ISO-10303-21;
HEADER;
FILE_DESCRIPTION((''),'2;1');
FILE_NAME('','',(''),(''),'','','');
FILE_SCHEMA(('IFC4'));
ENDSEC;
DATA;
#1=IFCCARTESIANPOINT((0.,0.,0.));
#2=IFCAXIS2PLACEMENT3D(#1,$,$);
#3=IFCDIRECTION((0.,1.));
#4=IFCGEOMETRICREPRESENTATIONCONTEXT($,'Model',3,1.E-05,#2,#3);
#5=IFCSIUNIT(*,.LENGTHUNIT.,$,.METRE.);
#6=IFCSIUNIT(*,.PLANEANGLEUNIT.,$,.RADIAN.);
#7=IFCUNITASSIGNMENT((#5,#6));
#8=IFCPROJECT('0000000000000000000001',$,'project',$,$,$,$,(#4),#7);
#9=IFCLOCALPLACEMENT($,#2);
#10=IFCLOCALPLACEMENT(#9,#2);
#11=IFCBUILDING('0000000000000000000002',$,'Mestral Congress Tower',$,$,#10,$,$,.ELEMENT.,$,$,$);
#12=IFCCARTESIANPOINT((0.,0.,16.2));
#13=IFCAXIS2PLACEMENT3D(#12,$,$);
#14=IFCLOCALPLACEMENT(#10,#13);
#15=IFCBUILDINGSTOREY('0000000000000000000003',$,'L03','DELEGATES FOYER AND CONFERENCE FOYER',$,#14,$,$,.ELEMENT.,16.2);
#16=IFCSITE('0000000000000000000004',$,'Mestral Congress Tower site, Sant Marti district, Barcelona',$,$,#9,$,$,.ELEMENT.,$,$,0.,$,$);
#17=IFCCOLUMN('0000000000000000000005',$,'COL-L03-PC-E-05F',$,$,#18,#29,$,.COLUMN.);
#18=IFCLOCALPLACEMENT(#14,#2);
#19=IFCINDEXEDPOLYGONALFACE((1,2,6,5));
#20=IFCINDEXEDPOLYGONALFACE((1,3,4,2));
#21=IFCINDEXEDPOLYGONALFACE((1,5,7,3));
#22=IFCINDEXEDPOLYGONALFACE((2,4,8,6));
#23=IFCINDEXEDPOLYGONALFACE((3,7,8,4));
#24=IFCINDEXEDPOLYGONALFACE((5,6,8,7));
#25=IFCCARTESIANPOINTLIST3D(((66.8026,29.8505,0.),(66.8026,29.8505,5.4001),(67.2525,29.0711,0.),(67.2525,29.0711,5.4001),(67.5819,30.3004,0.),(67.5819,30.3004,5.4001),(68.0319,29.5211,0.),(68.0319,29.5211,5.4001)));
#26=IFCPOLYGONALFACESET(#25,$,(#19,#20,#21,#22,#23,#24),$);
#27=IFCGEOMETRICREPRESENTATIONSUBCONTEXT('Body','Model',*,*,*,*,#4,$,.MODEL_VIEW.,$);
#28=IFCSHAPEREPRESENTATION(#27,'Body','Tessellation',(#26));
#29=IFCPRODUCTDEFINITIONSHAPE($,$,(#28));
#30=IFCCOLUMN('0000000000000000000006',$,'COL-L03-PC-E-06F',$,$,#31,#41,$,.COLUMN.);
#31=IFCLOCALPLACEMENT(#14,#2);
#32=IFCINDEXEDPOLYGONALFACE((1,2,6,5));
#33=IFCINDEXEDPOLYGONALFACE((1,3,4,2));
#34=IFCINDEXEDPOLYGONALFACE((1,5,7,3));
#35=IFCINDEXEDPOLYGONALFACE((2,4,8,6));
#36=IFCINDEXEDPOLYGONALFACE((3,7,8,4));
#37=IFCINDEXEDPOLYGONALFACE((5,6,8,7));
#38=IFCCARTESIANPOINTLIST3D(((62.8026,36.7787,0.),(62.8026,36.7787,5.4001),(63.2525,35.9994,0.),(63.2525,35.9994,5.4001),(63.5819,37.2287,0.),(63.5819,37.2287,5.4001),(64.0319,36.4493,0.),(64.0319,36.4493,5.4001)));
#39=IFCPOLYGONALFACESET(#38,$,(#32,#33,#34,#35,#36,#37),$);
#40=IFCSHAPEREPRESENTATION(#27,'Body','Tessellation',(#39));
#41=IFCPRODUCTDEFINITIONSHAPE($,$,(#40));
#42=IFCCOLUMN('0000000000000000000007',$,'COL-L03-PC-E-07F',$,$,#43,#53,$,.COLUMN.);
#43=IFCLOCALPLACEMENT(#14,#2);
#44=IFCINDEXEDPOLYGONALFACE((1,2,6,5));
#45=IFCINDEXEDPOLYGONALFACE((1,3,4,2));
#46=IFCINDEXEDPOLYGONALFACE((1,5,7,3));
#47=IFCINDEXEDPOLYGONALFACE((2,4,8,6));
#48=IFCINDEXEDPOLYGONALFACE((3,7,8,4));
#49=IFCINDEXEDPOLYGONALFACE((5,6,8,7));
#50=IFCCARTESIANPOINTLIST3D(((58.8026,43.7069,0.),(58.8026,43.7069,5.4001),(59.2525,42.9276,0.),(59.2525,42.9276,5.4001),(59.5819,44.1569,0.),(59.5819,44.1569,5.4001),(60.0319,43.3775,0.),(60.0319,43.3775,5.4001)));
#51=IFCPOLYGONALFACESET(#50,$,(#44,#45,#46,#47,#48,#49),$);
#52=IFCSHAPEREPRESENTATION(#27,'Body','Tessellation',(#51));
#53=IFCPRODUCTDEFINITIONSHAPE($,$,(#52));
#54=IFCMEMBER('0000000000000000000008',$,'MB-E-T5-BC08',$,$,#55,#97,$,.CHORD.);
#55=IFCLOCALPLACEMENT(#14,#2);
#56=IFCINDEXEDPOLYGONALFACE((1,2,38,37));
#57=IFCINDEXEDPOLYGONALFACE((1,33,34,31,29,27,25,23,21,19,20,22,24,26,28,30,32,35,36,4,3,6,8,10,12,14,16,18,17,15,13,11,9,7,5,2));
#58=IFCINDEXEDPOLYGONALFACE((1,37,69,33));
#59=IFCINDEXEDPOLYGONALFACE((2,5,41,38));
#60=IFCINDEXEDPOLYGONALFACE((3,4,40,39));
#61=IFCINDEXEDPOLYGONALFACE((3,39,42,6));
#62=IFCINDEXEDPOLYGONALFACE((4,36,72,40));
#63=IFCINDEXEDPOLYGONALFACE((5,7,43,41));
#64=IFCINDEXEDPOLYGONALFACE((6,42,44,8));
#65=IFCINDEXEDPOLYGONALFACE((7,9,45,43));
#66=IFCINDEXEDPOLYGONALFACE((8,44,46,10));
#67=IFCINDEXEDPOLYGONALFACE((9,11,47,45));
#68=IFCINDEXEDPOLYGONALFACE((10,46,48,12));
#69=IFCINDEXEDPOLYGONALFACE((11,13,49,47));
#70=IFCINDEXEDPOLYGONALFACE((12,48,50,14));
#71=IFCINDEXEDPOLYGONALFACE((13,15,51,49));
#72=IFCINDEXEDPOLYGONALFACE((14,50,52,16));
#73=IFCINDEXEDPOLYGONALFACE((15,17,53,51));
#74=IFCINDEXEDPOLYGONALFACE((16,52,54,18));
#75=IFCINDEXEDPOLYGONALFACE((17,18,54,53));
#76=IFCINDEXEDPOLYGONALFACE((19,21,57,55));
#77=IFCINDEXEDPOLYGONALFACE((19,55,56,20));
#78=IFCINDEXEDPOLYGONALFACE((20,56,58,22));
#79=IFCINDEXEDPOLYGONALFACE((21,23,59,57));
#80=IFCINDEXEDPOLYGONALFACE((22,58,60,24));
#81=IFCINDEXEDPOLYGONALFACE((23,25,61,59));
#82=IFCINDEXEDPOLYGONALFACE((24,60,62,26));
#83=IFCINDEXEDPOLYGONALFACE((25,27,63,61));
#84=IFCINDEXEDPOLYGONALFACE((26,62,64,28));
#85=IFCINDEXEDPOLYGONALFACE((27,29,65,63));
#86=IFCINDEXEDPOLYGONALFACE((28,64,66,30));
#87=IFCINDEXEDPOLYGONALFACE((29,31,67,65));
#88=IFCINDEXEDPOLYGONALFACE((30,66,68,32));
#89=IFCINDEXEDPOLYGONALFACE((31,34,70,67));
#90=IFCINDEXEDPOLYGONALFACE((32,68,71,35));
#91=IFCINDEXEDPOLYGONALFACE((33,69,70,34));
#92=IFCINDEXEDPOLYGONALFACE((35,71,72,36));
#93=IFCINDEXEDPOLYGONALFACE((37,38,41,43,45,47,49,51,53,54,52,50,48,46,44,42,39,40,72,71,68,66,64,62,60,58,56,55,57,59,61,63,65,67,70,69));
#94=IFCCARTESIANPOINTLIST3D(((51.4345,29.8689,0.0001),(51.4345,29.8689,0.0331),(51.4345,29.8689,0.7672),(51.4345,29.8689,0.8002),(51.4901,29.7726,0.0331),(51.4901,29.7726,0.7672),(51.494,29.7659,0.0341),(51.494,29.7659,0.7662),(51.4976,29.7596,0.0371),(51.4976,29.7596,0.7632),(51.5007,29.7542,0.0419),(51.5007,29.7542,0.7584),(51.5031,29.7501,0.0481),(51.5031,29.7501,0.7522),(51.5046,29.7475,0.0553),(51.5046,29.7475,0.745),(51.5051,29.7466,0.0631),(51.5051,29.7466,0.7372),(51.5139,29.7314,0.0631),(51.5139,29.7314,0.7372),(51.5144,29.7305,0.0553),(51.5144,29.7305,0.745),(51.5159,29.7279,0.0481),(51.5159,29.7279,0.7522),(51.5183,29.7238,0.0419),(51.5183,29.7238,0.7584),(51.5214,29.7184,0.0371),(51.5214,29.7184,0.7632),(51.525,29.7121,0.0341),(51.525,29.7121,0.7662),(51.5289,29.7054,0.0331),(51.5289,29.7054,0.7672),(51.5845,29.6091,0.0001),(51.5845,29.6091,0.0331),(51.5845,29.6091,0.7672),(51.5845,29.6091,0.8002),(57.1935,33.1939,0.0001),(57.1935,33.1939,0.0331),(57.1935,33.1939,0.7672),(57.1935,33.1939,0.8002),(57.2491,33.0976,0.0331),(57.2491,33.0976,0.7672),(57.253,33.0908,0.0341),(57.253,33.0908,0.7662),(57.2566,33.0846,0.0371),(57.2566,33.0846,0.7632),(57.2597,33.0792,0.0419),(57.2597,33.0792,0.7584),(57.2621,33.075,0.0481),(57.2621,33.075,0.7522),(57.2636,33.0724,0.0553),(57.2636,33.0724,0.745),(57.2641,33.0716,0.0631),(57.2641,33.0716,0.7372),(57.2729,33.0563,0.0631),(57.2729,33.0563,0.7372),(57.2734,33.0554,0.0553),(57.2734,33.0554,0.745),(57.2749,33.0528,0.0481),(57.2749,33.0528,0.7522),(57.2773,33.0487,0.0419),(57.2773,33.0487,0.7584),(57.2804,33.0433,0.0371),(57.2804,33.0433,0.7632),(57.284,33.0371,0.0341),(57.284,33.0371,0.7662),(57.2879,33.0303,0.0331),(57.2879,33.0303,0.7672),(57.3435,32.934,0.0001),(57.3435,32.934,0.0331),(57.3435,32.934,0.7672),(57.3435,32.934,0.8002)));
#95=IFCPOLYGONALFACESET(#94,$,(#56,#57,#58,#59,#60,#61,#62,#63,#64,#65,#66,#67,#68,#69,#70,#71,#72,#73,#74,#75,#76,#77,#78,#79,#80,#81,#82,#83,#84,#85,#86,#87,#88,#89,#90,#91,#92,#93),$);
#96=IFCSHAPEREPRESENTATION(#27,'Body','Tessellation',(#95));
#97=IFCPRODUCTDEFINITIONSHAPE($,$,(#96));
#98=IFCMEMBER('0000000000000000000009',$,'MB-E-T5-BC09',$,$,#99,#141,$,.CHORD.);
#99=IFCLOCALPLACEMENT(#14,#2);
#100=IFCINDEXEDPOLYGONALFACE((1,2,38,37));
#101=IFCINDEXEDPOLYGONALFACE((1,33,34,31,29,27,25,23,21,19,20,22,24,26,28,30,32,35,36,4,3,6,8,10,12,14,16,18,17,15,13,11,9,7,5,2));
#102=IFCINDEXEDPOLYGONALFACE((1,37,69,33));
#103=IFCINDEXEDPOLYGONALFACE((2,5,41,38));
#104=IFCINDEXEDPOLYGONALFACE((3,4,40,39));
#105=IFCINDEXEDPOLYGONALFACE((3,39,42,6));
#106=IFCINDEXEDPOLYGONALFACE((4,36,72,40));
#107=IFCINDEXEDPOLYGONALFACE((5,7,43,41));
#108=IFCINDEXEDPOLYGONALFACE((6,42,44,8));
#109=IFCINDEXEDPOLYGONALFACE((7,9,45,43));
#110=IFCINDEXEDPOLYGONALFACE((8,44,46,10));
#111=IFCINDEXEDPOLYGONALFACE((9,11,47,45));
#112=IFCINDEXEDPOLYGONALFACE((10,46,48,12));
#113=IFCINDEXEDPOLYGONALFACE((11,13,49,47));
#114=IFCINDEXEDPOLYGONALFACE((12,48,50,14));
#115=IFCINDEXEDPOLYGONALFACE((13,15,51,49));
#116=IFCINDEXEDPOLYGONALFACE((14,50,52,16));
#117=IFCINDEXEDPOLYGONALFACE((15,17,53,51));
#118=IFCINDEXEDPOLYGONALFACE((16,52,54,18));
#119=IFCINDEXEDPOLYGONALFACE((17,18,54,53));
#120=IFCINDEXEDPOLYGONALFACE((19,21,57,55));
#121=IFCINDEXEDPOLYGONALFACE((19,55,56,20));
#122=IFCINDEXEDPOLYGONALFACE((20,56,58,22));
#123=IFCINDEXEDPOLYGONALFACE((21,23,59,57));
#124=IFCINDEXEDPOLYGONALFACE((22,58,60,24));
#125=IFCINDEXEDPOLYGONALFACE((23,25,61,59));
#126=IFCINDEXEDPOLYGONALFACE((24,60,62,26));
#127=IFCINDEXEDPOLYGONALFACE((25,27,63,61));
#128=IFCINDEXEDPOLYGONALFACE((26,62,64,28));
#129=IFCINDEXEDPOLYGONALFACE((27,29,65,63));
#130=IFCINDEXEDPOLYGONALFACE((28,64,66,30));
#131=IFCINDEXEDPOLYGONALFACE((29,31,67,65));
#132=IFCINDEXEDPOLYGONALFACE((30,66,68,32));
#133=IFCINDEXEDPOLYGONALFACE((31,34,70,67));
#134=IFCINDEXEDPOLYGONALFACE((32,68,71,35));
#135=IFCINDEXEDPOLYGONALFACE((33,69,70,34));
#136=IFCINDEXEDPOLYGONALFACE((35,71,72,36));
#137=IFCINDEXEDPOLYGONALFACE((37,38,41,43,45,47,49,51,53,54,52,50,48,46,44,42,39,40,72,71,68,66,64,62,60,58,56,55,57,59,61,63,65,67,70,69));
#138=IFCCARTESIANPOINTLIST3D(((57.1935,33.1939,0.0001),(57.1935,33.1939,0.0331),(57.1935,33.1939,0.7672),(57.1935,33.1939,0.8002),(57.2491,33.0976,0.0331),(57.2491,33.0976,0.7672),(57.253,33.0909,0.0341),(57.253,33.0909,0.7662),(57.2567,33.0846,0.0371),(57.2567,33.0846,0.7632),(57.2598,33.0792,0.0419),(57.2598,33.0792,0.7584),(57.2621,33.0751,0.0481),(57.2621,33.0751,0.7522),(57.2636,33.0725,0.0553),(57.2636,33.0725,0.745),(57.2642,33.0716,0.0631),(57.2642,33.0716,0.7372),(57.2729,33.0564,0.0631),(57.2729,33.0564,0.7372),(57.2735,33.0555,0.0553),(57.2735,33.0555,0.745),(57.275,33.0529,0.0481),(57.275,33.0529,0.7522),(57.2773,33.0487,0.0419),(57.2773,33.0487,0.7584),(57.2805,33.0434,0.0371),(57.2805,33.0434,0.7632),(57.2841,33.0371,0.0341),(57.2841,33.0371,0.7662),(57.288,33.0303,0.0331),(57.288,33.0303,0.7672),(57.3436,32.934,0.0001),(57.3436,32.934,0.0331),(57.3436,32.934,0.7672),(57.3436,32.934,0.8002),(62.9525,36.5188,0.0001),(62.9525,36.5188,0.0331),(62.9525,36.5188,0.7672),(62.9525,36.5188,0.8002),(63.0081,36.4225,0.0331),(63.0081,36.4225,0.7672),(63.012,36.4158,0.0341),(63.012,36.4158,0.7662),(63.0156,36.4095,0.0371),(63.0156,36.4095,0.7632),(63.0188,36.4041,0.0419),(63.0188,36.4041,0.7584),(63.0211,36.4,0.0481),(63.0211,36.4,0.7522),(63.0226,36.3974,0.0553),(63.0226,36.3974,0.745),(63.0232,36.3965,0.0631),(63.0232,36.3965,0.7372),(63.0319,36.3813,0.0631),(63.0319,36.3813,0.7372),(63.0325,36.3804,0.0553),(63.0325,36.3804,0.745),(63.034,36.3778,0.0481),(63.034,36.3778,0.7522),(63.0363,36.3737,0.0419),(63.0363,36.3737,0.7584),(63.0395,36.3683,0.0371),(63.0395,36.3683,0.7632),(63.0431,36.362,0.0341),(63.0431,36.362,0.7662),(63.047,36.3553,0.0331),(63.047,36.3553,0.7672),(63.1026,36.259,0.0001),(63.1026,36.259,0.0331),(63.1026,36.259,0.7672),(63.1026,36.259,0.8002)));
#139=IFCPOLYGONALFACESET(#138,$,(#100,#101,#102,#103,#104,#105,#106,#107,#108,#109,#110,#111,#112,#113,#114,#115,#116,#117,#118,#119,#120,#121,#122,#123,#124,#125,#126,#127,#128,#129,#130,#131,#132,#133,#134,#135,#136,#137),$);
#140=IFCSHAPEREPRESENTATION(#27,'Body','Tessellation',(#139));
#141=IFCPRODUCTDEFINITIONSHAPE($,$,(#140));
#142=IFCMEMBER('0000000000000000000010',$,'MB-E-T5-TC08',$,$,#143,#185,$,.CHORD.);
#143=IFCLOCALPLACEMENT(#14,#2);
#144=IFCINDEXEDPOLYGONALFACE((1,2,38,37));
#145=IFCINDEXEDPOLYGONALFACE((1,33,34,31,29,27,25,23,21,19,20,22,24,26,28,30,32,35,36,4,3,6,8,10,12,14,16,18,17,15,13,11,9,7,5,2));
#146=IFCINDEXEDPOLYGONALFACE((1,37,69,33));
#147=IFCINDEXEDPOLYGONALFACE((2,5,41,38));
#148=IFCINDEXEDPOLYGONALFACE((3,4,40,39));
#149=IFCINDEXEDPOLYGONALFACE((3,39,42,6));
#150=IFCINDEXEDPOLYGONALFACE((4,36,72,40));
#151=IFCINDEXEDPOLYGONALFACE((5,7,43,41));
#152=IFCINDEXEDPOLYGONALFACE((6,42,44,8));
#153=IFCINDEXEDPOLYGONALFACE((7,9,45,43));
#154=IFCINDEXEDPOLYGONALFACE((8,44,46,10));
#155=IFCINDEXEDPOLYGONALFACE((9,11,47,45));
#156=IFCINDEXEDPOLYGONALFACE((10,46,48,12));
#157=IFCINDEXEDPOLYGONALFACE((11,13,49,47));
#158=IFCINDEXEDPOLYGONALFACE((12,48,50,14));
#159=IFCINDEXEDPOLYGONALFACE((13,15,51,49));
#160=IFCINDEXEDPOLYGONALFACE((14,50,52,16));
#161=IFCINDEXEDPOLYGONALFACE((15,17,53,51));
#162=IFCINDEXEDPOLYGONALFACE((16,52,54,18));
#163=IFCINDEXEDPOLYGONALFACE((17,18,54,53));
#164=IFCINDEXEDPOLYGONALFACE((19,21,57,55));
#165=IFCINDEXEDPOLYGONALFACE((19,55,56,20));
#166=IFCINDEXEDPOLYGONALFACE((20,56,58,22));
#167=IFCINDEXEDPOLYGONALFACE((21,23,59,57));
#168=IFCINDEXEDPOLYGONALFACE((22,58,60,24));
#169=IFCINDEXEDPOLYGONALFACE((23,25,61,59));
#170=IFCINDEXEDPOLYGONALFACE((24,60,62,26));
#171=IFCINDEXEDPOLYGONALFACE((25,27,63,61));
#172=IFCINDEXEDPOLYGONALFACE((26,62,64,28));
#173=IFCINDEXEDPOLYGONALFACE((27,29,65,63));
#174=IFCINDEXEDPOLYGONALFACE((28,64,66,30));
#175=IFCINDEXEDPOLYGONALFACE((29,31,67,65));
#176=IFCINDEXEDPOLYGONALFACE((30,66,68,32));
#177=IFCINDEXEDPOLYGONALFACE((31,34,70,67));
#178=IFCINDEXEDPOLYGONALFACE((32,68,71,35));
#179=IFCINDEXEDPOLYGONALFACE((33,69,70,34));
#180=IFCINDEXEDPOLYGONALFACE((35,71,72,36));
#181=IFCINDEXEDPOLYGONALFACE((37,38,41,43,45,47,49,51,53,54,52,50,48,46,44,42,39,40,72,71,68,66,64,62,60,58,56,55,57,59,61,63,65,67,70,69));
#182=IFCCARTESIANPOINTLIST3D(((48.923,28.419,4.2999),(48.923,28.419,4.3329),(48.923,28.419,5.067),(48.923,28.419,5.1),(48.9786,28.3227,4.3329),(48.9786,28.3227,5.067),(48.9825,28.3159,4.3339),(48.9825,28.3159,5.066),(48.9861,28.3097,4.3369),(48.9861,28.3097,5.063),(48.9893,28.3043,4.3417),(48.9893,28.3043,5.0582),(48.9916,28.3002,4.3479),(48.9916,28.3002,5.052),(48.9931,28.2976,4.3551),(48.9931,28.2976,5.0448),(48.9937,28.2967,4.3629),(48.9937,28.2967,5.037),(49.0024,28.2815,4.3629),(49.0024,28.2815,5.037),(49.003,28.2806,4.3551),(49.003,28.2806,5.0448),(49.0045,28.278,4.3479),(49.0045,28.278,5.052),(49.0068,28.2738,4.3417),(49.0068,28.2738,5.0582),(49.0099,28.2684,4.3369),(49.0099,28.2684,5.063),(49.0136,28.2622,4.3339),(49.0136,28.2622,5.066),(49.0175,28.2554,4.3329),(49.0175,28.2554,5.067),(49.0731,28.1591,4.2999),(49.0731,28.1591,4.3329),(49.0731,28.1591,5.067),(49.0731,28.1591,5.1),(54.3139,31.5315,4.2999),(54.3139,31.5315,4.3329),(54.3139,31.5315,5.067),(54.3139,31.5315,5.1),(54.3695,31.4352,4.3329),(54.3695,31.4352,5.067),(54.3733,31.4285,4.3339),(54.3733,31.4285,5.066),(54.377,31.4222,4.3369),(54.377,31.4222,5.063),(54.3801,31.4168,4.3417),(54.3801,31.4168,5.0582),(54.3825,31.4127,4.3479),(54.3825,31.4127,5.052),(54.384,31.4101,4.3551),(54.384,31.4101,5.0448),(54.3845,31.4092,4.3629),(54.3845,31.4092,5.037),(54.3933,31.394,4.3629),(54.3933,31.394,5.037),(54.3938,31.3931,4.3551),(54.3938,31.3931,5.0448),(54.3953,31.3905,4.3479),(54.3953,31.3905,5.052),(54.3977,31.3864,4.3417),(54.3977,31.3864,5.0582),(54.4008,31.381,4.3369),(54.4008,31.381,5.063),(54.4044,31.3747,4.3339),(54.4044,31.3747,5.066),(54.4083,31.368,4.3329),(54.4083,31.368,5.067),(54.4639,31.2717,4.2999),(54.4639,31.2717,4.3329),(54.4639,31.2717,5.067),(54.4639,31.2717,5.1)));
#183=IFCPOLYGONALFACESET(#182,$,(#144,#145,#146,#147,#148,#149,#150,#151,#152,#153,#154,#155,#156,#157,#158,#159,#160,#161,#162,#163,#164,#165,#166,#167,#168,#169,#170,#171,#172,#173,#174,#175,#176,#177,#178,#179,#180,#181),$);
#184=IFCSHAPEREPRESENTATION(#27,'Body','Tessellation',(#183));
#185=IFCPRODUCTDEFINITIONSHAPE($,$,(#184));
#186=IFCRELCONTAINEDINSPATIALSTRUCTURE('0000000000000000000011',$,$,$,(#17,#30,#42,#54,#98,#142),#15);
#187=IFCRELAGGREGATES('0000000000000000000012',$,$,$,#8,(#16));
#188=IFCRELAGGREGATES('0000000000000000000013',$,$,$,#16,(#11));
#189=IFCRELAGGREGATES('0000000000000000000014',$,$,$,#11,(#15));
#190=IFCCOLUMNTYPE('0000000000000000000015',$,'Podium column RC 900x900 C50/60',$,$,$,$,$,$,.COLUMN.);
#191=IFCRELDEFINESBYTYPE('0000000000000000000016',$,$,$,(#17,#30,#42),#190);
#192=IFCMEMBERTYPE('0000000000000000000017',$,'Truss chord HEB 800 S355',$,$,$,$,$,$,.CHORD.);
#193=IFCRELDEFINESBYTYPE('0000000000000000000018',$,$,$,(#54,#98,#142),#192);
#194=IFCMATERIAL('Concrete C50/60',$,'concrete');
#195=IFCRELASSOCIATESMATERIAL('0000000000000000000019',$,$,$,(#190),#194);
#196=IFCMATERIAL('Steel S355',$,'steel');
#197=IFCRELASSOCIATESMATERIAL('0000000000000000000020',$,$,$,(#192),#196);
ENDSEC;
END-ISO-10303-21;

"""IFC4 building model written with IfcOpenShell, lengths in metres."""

from ifc_helpers import new_model, si_unit, direction, frame, origin, origin_2d, place, context, subcontext, project, spatial, rectangle, i_section, extrude, material, material_profile, profile_set, type_object, element, save


model = new_model("IFC4")

# Units and contexts
model_context = context("Model", 3, precision=1e-05, world=origin(), true_north=direction((0.0, 1.0)))
body_context = subcontext(model_context, "Body", "Model", "MODEL_VIEW")
ifc_project = project(units=[si_unit("LENGTHUNIT", "METRE"), si_unit("PLANEANGLEUNIT", "RADIAN")], contexts=[model_context])

# Site, building, storey
site_placement = place(None, origin())
site = spatial("IfcSite", under=ifc_project, at=site_placement, Name="Mestral Congress Tower site, Sant Marti district, Barcelona", CompositionType="ELEMENT", RefElevation=0.0)
building_placement = place(site_placement, origin())
building = spatial("IfcBuilding", under=site, at=building_placement, Name="Mestral Congress Tower", CompositionType="ELEMENT")
storey_placement = place(building_placement, frame((0.0, 0.0, 16.2)))
storey = spatial("IfcBuildingStorey", under=building, at=storey_placement, Name="L03", Description="DELEGATES FOYER AND CONFERENCE FOYER", CompositionType="ELEMENT", Elevation=16.2)

# Columns
ifc_material_1 = material(Name="Concrete C50/60", Category="concrete")
ifc_material_profile_1 = material_profile(ifc_material_1, rectangle(XDim=0.8999, YDim=0.8999, at=origin_2d()), Name="RC 900x900")
ifc_profile_set_1 = profile_set([ifc_material_profile_1], Name="Concrete C50/60")
column_type = type_object("IfcColumnType", Name="Podium column RC 900x900 C50/60", PredefinedType="COLUMN", material=ifc_profile_set_1)
for number, where, z_axis, x_axis, name in (
    (1, (67.4172, 29.6858, 0.0), (0.0, 0.0, 1.0), (-0.5, 0.866025, 0.0), "COL-L03-PC-E-05F"),
    (2, (63.4172, 36.614, 0.0), (0.0, 0.0, 1.0), (-0.5, 0.866025, 0.0), "COL-L03-PC-E-06F"),
    (3, (59.4172, 43.5422, 0.0), (0.0, 0.0, 1.0), (-0.5, 0.866025, 0.0), "COL-L03-PC-E-07F"),
):
    element("IfcColumn", number, at=place(storey_placement, frame(where, z_axis=z_axis, x_axis=x_axis)), inside=storey, type_object=column_type, Name=name, PredefinedType="COLUMN", context=body_context, shape_type="SweptSolid", body=[
        extrude(rectangle(XDim=0.8999, YDim=0.8999, at=origin_2d()), origin(), (0.0, 0.0, 1.0), 5.4001),
    ])

# Members
ifc_material_2 = material(Name="Steel S355", Category="steel")
ifc_material_profile_2 = material_profile(ifc_material_2, i_section(OverallWidth=0.3, OverallDepth=0.8, WebThickness=0.0176, FlangeThickness=0.033, FilletRadius=0.03, at=origin_2d()), Name="HEB 800")
ifc_profile_set_2 = profile_set([ifc_material_profile_2], Name="Steel S355")
member_type_1 = type_object("IfcMemberType", Name="Truss chord HEB 800 S355", PredefinedType="CHORD", material=ifc_profile_set_2)
for number, where, z_axis, x_axis, name in (
    (4, (51.5095, 29.739, 0.4001), (0.866027, 0.499997, 0.0), (-0.499997, 0.866027, 0.0), "MB-E-T5-BC08"),
    (5, (57.2686, 33.064, 0.4001), (0.866027, 0.499997, 0.0), (-0.499997, 0.866027, 0.0), "MB-E-T5-BC09"),
):
    element("IfcMember", number, at=place(storey_placement, frame(where, z_axis=z_axis, x_axis=x_axis)), inside=storey, type_object=member_type_1, Name=name, PredefinedType="CHORD", context=body_context, shape_type="SweptSolid", body=[
        extrude(i_section(OverallWidth=0.3, OverallDepth=0.8, WebThickness=0.0176, FlangeThickness=0.033, FilletRadius=0.03, at=origin_2d()), origin(), (0.0, 0.0, 1.0), 6.6499),
    ])
member_1_placement = place(storey_placement, frame((48.998, 28.2891, 4.7), z_axis=(0.866016, 0.500016, 0.0), x_axis=(-0.500016, 0.866016, 0.0)))
element("IfcMember", 6, at=member_1_placement, inside=storey, type_object=member_type_1, Name="MB-E-T5-TC08", PredefinedType="CHORD", context=body_context, shape_type="SweptSolid", body=[
    extrude(i_section(OverallWidth=0.3, OverallDepth=0.8, WebThickness=0.0176, FlangeThickness=0.033, FilletRadius=0.03, at=origin_2d()), origin(), (0.0, 0.0, 1.0), 6.2249),
])

save(model, "model.ifc")
